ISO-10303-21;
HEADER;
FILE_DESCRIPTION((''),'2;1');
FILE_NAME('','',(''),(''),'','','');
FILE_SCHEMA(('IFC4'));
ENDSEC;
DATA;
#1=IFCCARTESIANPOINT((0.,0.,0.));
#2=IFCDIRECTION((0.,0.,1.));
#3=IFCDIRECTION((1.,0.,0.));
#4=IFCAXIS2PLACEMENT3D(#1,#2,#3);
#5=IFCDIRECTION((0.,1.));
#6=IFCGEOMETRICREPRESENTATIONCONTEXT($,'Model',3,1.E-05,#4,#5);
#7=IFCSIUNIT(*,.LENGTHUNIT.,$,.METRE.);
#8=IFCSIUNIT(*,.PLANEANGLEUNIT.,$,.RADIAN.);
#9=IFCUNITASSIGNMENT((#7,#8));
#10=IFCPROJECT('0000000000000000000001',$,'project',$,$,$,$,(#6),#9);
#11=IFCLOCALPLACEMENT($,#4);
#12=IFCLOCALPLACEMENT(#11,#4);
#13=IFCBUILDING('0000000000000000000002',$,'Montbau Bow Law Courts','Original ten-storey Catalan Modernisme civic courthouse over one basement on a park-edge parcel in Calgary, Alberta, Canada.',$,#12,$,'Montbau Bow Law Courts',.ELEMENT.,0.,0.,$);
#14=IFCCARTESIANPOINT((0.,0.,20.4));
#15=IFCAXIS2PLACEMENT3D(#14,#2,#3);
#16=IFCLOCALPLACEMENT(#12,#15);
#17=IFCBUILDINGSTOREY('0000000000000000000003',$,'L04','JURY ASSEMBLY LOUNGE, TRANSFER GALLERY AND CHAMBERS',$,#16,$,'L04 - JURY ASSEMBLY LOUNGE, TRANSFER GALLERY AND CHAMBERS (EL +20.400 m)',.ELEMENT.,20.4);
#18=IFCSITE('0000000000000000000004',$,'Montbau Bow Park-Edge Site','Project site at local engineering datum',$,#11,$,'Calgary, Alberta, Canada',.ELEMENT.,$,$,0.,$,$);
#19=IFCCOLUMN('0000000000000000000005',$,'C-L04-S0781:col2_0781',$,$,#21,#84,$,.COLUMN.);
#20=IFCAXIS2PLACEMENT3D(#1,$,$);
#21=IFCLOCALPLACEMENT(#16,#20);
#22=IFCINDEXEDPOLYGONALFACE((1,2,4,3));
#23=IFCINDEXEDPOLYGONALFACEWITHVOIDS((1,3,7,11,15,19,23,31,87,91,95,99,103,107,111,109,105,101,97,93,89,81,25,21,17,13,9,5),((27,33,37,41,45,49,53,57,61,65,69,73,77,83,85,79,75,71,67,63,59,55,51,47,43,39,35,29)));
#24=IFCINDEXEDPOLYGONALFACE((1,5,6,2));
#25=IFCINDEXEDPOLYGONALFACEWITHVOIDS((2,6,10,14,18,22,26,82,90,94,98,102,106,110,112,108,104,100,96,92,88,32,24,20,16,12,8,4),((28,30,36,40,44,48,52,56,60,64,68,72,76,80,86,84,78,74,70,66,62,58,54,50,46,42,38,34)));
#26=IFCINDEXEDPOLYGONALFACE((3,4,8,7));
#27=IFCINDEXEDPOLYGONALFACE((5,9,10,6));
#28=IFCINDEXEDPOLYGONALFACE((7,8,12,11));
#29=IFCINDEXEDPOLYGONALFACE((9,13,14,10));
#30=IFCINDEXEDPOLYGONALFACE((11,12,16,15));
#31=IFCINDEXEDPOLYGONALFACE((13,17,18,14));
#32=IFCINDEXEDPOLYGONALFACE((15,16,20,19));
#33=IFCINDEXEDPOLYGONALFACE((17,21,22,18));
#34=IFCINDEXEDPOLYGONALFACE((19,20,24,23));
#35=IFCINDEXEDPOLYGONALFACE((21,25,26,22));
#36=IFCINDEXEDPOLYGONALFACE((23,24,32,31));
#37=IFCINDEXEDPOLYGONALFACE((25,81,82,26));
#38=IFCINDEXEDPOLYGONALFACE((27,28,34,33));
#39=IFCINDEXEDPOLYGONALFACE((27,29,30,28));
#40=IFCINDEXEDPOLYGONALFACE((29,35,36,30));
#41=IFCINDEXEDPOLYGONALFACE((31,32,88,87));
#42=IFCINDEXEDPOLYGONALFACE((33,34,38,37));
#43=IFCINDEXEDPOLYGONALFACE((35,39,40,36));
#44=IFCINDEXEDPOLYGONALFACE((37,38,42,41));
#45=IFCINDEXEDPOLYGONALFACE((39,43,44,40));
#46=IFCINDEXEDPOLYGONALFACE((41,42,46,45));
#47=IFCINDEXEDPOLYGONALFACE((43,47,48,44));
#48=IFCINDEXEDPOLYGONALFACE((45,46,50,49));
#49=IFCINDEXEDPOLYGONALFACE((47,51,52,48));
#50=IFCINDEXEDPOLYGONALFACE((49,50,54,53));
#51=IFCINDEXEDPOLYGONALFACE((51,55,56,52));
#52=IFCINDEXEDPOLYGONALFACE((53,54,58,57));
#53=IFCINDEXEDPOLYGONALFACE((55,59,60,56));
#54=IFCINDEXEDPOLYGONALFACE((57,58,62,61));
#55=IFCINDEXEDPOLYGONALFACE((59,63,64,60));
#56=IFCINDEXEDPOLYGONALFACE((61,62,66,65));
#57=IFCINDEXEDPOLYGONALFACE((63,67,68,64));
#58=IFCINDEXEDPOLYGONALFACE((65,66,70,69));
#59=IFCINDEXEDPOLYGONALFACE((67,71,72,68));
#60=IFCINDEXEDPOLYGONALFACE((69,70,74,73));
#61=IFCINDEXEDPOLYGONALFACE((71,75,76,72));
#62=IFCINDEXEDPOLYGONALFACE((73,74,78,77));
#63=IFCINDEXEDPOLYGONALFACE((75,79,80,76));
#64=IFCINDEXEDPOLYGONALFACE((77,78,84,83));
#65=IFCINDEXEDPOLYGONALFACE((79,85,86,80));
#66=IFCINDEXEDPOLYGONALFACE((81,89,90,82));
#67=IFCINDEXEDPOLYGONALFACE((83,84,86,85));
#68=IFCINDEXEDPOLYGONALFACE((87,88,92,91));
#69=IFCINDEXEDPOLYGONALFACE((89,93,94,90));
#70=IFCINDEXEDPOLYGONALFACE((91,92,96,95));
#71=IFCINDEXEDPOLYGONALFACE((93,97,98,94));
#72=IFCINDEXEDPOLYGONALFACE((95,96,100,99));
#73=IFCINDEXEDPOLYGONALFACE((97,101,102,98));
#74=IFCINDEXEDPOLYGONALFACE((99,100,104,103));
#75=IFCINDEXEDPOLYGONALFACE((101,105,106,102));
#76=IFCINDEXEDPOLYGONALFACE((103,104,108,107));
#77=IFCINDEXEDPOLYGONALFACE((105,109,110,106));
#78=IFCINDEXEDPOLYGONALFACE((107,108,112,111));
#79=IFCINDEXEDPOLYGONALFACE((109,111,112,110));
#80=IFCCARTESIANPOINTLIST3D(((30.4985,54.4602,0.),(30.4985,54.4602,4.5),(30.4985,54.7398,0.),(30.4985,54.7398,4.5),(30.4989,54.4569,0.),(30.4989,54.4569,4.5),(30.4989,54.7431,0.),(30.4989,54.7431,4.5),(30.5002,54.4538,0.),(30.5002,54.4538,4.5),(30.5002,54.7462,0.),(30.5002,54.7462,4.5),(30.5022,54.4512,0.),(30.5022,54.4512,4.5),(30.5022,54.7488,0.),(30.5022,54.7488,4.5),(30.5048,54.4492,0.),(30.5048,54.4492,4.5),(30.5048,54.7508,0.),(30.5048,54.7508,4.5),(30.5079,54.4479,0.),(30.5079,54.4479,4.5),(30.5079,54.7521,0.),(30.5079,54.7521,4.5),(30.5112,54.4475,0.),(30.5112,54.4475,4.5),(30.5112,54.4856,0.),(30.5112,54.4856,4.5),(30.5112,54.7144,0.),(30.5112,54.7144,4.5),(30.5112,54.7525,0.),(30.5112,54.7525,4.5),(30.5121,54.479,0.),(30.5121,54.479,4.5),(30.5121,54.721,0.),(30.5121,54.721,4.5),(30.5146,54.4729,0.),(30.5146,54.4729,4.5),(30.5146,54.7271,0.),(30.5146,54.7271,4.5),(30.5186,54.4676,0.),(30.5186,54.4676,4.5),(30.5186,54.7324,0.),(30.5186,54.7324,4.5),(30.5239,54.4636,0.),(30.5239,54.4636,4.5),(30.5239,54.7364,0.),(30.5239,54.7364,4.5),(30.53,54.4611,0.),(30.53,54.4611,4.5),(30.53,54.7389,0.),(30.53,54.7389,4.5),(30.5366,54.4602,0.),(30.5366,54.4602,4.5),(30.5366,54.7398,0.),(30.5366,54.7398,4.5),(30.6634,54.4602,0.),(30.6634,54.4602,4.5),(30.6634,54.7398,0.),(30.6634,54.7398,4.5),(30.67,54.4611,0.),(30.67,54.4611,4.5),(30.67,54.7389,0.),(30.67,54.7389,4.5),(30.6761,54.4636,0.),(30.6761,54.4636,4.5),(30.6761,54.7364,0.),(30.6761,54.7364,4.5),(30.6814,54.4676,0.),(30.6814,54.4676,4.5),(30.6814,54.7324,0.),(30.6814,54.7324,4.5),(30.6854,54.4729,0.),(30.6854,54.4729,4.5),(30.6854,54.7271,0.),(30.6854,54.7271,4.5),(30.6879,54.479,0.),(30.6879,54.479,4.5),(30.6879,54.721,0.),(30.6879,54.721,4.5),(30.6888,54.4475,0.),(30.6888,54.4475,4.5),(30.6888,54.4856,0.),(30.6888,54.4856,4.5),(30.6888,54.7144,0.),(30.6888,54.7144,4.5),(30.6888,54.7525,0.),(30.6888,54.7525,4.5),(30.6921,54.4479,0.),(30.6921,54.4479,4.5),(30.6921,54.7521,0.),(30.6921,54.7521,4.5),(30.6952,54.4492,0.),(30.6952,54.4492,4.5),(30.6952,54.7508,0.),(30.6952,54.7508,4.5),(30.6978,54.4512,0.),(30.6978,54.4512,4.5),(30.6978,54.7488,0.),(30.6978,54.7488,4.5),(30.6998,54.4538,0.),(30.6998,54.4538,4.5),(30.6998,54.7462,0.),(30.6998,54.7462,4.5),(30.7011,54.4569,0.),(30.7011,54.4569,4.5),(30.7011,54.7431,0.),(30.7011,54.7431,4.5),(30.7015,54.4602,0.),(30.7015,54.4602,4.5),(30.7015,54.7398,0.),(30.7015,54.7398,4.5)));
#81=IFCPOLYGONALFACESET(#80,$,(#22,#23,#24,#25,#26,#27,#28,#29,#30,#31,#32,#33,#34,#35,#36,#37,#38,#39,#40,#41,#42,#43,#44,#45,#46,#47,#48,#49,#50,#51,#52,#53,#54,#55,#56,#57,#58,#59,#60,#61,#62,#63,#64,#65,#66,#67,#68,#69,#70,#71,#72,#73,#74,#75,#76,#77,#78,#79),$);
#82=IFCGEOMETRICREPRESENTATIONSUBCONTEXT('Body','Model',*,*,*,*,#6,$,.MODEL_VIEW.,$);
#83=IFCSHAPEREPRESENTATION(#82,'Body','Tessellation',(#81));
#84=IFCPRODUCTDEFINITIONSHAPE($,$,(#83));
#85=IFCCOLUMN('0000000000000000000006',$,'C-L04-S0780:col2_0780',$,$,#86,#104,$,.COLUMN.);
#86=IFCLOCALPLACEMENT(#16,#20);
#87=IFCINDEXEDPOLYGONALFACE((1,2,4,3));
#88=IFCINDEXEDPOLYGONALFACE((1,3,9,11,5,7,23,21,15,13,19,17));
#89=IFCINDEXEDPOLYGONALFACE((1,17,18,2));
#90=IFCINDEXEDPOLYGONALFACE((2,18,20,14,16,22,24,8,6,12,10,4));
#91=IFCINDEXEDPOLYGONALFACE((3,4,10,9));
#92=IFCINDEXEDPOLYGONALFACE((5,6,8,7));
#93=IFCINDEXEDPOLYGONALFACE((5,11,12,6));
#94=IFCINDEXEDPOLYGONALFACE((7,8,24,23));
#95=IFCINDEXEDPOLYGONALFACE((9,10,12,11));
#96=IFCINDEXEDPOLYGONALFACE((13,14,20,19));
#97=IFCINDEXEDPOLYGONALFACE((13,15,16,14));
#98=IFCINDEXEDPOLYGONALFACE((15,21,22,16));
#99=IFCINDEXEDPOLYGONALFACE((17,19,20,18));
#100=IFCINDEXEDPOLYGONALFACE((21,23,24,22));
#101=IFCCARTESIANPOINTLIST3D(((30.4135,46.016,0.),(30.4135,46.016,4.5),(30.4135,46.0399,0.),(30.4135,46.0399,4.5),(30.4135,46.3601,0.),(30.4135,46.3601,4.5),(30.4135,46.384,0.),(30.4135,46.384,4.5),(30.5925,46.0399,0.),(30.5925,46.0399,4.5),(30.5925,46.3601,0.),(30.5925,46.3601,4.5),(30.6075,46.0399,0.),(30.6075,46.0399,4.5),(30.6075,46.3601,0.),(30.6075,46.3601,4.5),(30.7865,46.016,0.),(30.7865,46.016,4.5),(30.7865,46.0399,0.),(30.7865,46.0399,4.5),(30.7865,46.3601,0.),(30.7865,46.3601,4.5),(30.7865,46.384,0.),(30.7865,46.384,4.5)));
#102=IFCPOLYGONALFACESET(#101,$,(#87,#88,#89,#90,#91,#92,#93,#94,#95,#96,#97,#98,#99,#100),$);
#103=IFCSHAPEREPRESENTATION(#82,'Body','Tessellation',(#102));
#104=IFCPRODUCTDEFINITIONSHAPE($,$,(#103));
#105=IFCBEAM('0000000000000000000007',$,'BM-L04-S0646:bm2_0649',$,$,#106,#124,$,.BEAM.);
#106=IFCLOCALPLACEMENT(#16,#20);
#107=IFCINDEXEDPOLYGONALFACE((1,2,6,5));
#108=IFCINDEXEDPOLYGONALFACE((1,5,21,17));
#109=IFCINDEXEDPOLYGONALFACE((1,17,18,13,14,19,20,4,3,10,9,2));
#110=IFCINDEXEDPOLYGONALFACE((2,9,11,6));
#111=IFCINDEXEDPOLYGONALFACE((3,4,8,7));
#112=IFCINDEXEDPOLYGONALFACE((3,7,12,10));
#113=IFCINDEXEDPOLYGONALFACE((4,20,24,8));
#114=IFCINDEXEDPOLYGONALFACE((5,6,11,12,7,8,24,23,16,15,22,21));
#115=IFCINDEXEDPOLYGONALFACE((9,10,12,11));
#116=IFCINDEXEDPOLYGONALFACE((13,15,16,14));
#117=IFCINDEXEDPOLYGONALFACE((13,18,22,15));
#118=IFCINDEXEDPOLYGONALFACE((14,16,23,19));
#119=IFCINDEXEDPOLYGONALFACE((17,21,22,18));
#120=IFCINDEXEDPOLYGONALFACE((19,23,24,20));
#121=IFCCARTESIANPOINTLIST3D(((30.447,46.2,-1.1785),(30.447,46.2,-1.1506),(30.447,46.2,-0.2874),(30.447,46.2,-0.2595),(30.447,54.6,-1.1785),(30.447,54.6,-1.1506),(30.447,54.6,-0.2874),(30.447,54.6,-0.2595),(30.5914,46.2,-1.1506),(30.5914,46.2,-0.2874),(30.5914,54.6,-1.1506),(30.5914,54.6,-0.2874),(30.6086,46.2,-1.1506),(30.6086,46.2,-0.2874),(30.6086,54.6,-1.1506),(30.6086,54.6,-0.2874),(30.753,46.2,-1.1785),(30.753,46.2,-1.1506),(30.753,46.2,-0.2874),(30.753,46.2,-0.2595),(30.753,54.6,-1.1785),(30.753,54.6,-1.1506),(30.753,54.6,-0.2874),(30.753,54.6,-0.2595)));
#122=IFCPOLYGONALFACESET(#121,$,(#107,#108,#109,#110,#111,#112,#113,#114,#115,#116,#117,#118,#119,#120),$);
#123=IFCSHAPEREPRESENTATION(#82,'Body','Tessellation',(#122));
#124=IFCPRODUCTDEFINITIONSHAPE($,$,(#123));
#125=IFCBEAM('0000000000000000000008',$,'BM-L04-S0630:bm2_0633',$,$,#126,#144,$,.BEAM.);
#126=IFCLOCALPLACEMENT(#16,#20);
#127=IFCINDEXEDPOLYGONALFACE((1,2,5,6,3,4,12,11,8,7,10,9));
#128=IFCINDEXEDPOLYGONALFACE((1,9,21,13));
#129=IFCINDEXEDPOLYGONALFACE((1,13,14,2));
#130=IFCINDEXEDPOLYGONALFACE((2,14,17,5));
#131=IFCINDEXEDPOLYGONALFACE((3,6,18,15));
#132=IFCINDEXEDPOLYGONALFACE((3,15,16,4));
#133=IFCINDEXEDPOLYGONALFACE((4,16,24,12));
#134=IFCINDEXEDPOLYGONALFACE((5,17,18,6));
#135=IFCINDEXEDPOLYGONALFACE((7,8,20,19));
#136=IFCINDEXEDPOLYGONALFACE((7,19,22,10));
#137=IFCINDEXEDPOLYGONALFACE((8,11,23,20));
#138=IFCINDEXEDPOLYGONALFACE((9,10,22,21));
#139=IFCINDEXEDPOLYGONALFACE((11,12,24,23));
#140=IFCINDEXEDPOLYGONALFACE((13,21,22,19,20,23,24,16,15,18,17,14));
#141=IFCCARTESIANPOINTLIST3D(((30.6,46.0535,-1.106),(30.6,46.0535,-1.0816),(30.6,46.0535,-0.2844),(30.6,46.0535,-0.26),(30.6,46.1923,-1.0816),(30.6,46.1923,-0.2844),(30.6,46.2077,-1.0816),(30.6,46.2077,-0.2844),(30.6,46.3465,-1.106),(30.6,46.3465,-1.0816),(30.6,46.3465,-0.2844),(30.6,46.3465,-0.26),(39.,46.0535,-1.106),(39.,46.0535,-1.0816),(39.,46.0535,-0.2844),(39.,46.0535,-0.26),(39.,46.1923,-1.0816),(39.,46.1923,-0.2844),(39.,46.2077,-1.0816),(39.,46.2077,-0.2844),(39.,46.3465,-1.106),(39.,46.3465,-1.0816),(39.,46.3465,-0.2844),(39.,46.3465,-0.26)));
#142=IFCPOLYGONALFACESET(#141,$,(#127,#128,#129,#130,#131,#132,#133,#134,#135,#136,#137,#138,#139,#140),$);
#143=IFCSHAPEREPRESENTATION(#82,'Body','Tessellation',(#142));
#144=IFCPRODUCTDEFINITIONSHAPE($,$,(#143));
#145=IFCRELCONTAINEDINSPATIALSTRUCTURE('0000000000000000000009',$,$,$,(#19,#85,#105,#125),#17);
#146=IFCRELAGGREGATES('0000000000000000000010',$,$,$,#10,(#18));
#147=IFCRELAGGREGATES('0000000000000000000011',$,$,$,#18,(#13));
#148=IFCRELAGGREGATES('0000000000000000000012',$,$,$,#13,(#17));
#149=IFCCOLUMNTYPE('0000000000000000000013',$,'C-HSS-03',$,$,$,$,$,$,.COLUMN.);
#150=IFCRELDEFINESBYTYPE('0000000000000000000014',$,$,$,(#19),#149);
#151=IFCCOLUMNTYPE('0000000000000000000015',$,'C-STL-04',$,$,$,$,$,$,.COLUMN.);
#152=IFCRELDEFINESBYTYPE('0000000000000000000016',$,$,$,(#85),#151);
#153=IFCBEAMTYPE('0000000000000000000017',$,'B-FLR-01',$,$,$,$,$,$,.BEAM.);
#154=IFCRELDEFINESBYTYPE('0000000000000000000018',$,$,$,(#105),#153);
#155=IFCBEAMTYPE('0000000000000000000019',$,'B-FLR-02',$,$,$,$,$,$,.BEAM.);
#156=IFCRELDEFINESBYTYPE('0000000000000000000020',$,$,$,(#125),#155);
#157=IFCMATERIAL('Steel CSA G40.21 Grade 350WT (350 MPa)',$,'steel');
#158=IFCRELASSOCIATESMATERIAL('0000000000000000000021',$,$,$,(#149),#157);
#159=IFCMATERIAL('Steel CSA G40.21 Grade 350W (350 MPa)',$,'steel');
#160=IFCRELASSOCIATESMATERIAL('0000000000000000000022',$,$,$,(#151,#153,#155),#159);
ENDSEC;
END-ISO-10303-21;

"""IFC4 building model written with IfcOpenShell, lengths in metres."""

from ifc_helpers import new_model, si_unit, direction, frame, origin_with_axes, origin_2d_with_axis, place, context, subcontext, project, spatial, hollow_rectangle, i_section, extrude, material, material_profile, profile_set, type_object, element, save


model = new_model("IFC4")

# Units and contexts
model_context = context("Model", 3, precision=1e-05, world=origin_with_axes(), true_north=direction((0.0, 1.0)))
body_context = subcontext(model_context, "Body", "Model", "MODEL_VIEW")
ifc_project = project(units=[si_unit("LENGTHUNIT", "METRE"), si_unit("PLANEANGLEUNIT", "RADIAN")], contexts=[model_context])

# Site, building, storey
site_placement = place(None, origin_with_axes())
site = spatial("IfcSite", under=ifc_project, at=site_placement, Name="Montbau Bow Park-Edge Site", Description="Project site at local engineering datum", LongName="Calgary, Alberta, Canada", CompositionType="ELEMENT", RefElevation=0.0)
building_placement = place(site_placement, origin_with_axes())
building = spatial("IfcBuilding", under=site, at=building_placement, Name="Montbau Bow Law Courts", Description="Original ten-storey Catalan Modernisme civic courthouse over one basement on a park-edge parcel in Calgary, Alberta, Canada.", LongName="Montbau Bow Law Courts", CompositionType="ELEMENT", ElevationOfRefHeight=0.0, ElevationOfTerrain=0.0)
storey_placement = place(building_placement, frame((0.0, 0.0, 20.4), z_axis=(0.0, 0.0, 1.0), x_axis=(1.0, 0.0, 0.0)))
storey = spatial("IfcBuildingStorey", under=building, at=storey_placement, Name="L04", Description="JURY ASSEMBLY LOUNGE, TRANSFER GALLERY AND CHAMBERS", LongName="L04 - JURY ASSEMBLY LOUNGE, TRANSFER GALLERY AND CHAMBERS (EL +20.400 m)", CompositionType="ELEMENT", Elevation=20.4)

# Columns
ifc_material_1 = material(Name="Steel CSA G40.21 Grade 350WT (350 MPa)", Category="steel")
ifc_material_profile_1 = material_profile(ifc_material_1, hollow_rectangle(XDim=0.203, YDim=0.305, WallThickness=0.0127, InnerFilletRadius=0.0254, OuterFilletRadius=0.0127, at=origin_2d_with_axis()), Name="HSS305X203X13", Category="Main", Priority=0)
ifc_profile_set_1 = profile_set([ifc_material_profile_1], Name="Steel CSA G40.21 Grade 350WT (350 MPa)")
column_type_1 = type_object("IfcColumnType", Name="C-HSS-03", PredefinedType="COLUMN", material=ifc_profile_set_1)
column_1_placement = place(None, frame((30.6, 54.6, 20.4), z_axis=(0.0, 0.0, 1.0), x_axis=(1.0, 0.0, 0.0)))
element("IfcColumn", 1, at=column_1_placement, inside=storey, type_object=column_type_1, Name="C-L04-S0781:col2_0781", PredefinedType="COLUMN", context=body_context, shape_type="SweptSolid", body=[
    extrude(hollow_rectangle(XDim=0.203, YDim=0.305, WallThickness=0.0127, InnerFilletRadius=0.0254, OuterFilletRadius=0.0127, at=origin_2d_with_axis()), origin_with_axes(), (0.0, 0.0, 1.0), 4.5),
])
ifc_material_2 = material(Name="Steel CSA G40.21 Grade 350W (350 MPa)", Category="steel")
ifc_material_profile_2 = material_profile(ifc_material_2, i_section(OverallWidth=0.373, OverallDepth=0.368, WebThickness=0.015, FlangeThickness=0.0239, at=origin_2d_with_axis()), Name="W360X179", Category="Main", Priority=0)
ifc_profile_set_2 = profile_set([ifc_material_profile_2], Name="Steel CSA G40.21 Grade 350W (350 MPa)")
column_type_2 = type_object("IfcColumnType", Name="C-STL-04", PredefinedType="COLUMN", material=ifc_profile_set_2)
column_2_placement = place(None, frame((30.6, 46.2, 20.4), z_axis=(0.0, 0.0, 1.0), x_axis=(1.0, 0.0, 0.0)))
element("IfcColumn", 2, at=column_2_placement, inside=storey, type_object=column_type_2, Name="C-L04-S0780:col2_0780", PredefinedType="COLUMN", context=body_context, shape_type="SweptSolid", body=[
    extrude(i_section(OverallWidth=0.373, OverallDepth=0.368, WebThickness=0.015, FlangeThickness=0.0239, at=origin_2d_with_axis()), origin_with_axes(), (0.0, 0.0, 1.0), 4.5),
])

# Beams
ifc_material_profile_3 = material_profile(ifc_material_2, i_section(OverallWidth=0.306, OverallDepth=0.919, WebThickness=0.0173, FlangeThickness=0.0279, at=origin_2d_with_axis()), Name="W920X253", Category="Main", Priority=0)
ifc_profile_set_3 = profile_set([ifc_material_profile_3], Name="Steel CSA G40.21 Grade 350W (350 MPa)")
beam_type_1 = type_object("IfcBeamType", Name="B-FLR-01", PredefinedType="BEAM", material=ifc_profile_set_3)
beam_1_placement = place(None, frame((30.6, 46.2, 19.681), z_axis=(0.0, 1.0, 0.0), x_axis=(-1.0, 0.0, 0.0)))
element("IfcBeam", 3, at=beam_1_placement, inside=storey, type_object=beam_type_1, Name="BM-L04-S0646:bm2_0649", PredefinedType="BEAM", context=body_context, shape_type="SweptSolid", body=[
    extrude(i_section(OverallWidth=0.306, OverallDepth=0.919, WebThickness=0.0173, FlangeThickness=0.0279, at=origin_2d_with_axis()), origin_with_axes(), (0.0, 0.0, 1.0), 8.4),
])
ifc_material_profile_4 = material_profile(ifc_material_2, i_section(OverallWidth=0.293, OverallDepth=0.846, WebThickness=0.0154, FlangeThickness=0.0244, at=origin_2d_with_axis()), Name="W840X210", Category="Main", Priority=0)
ifc_profile_set_4 = profile_set([ifc_material_profile_4], Name="Steel CSA G40.21 Grade 350W (350 MPa)")
beam_type_2 = type_object("IfcBeamType", Name="B-FLR-02", PredefinedType="BEAM", material=ifc_profile_set_4)
beam_2_placement = place(None, frame((30.6, 46.2, 19.717), z_axis=(1.0, 0.0, 0.0), x_axis=(0.0, 1.0, 0.0)))
element("IfcBeam", 4, at=beam_2_placement, inside=storey, type_object=beam_type_2, Name="BM-L04-S0630:bm2_0633", PredefinedType="BEAM", context=body_context, shape_type="SweptSolid", body=[
    extrude(i_section(OverallWidth=0.293, OverallDepth=0.846, WebThickness=0.0154, FlangeThickness=0.0244, at=origin_2d_with_axis()), origin_with_axes(), (0.0, 0.0, 1.0), 8.4),
])

save(model, "model.ifc")
